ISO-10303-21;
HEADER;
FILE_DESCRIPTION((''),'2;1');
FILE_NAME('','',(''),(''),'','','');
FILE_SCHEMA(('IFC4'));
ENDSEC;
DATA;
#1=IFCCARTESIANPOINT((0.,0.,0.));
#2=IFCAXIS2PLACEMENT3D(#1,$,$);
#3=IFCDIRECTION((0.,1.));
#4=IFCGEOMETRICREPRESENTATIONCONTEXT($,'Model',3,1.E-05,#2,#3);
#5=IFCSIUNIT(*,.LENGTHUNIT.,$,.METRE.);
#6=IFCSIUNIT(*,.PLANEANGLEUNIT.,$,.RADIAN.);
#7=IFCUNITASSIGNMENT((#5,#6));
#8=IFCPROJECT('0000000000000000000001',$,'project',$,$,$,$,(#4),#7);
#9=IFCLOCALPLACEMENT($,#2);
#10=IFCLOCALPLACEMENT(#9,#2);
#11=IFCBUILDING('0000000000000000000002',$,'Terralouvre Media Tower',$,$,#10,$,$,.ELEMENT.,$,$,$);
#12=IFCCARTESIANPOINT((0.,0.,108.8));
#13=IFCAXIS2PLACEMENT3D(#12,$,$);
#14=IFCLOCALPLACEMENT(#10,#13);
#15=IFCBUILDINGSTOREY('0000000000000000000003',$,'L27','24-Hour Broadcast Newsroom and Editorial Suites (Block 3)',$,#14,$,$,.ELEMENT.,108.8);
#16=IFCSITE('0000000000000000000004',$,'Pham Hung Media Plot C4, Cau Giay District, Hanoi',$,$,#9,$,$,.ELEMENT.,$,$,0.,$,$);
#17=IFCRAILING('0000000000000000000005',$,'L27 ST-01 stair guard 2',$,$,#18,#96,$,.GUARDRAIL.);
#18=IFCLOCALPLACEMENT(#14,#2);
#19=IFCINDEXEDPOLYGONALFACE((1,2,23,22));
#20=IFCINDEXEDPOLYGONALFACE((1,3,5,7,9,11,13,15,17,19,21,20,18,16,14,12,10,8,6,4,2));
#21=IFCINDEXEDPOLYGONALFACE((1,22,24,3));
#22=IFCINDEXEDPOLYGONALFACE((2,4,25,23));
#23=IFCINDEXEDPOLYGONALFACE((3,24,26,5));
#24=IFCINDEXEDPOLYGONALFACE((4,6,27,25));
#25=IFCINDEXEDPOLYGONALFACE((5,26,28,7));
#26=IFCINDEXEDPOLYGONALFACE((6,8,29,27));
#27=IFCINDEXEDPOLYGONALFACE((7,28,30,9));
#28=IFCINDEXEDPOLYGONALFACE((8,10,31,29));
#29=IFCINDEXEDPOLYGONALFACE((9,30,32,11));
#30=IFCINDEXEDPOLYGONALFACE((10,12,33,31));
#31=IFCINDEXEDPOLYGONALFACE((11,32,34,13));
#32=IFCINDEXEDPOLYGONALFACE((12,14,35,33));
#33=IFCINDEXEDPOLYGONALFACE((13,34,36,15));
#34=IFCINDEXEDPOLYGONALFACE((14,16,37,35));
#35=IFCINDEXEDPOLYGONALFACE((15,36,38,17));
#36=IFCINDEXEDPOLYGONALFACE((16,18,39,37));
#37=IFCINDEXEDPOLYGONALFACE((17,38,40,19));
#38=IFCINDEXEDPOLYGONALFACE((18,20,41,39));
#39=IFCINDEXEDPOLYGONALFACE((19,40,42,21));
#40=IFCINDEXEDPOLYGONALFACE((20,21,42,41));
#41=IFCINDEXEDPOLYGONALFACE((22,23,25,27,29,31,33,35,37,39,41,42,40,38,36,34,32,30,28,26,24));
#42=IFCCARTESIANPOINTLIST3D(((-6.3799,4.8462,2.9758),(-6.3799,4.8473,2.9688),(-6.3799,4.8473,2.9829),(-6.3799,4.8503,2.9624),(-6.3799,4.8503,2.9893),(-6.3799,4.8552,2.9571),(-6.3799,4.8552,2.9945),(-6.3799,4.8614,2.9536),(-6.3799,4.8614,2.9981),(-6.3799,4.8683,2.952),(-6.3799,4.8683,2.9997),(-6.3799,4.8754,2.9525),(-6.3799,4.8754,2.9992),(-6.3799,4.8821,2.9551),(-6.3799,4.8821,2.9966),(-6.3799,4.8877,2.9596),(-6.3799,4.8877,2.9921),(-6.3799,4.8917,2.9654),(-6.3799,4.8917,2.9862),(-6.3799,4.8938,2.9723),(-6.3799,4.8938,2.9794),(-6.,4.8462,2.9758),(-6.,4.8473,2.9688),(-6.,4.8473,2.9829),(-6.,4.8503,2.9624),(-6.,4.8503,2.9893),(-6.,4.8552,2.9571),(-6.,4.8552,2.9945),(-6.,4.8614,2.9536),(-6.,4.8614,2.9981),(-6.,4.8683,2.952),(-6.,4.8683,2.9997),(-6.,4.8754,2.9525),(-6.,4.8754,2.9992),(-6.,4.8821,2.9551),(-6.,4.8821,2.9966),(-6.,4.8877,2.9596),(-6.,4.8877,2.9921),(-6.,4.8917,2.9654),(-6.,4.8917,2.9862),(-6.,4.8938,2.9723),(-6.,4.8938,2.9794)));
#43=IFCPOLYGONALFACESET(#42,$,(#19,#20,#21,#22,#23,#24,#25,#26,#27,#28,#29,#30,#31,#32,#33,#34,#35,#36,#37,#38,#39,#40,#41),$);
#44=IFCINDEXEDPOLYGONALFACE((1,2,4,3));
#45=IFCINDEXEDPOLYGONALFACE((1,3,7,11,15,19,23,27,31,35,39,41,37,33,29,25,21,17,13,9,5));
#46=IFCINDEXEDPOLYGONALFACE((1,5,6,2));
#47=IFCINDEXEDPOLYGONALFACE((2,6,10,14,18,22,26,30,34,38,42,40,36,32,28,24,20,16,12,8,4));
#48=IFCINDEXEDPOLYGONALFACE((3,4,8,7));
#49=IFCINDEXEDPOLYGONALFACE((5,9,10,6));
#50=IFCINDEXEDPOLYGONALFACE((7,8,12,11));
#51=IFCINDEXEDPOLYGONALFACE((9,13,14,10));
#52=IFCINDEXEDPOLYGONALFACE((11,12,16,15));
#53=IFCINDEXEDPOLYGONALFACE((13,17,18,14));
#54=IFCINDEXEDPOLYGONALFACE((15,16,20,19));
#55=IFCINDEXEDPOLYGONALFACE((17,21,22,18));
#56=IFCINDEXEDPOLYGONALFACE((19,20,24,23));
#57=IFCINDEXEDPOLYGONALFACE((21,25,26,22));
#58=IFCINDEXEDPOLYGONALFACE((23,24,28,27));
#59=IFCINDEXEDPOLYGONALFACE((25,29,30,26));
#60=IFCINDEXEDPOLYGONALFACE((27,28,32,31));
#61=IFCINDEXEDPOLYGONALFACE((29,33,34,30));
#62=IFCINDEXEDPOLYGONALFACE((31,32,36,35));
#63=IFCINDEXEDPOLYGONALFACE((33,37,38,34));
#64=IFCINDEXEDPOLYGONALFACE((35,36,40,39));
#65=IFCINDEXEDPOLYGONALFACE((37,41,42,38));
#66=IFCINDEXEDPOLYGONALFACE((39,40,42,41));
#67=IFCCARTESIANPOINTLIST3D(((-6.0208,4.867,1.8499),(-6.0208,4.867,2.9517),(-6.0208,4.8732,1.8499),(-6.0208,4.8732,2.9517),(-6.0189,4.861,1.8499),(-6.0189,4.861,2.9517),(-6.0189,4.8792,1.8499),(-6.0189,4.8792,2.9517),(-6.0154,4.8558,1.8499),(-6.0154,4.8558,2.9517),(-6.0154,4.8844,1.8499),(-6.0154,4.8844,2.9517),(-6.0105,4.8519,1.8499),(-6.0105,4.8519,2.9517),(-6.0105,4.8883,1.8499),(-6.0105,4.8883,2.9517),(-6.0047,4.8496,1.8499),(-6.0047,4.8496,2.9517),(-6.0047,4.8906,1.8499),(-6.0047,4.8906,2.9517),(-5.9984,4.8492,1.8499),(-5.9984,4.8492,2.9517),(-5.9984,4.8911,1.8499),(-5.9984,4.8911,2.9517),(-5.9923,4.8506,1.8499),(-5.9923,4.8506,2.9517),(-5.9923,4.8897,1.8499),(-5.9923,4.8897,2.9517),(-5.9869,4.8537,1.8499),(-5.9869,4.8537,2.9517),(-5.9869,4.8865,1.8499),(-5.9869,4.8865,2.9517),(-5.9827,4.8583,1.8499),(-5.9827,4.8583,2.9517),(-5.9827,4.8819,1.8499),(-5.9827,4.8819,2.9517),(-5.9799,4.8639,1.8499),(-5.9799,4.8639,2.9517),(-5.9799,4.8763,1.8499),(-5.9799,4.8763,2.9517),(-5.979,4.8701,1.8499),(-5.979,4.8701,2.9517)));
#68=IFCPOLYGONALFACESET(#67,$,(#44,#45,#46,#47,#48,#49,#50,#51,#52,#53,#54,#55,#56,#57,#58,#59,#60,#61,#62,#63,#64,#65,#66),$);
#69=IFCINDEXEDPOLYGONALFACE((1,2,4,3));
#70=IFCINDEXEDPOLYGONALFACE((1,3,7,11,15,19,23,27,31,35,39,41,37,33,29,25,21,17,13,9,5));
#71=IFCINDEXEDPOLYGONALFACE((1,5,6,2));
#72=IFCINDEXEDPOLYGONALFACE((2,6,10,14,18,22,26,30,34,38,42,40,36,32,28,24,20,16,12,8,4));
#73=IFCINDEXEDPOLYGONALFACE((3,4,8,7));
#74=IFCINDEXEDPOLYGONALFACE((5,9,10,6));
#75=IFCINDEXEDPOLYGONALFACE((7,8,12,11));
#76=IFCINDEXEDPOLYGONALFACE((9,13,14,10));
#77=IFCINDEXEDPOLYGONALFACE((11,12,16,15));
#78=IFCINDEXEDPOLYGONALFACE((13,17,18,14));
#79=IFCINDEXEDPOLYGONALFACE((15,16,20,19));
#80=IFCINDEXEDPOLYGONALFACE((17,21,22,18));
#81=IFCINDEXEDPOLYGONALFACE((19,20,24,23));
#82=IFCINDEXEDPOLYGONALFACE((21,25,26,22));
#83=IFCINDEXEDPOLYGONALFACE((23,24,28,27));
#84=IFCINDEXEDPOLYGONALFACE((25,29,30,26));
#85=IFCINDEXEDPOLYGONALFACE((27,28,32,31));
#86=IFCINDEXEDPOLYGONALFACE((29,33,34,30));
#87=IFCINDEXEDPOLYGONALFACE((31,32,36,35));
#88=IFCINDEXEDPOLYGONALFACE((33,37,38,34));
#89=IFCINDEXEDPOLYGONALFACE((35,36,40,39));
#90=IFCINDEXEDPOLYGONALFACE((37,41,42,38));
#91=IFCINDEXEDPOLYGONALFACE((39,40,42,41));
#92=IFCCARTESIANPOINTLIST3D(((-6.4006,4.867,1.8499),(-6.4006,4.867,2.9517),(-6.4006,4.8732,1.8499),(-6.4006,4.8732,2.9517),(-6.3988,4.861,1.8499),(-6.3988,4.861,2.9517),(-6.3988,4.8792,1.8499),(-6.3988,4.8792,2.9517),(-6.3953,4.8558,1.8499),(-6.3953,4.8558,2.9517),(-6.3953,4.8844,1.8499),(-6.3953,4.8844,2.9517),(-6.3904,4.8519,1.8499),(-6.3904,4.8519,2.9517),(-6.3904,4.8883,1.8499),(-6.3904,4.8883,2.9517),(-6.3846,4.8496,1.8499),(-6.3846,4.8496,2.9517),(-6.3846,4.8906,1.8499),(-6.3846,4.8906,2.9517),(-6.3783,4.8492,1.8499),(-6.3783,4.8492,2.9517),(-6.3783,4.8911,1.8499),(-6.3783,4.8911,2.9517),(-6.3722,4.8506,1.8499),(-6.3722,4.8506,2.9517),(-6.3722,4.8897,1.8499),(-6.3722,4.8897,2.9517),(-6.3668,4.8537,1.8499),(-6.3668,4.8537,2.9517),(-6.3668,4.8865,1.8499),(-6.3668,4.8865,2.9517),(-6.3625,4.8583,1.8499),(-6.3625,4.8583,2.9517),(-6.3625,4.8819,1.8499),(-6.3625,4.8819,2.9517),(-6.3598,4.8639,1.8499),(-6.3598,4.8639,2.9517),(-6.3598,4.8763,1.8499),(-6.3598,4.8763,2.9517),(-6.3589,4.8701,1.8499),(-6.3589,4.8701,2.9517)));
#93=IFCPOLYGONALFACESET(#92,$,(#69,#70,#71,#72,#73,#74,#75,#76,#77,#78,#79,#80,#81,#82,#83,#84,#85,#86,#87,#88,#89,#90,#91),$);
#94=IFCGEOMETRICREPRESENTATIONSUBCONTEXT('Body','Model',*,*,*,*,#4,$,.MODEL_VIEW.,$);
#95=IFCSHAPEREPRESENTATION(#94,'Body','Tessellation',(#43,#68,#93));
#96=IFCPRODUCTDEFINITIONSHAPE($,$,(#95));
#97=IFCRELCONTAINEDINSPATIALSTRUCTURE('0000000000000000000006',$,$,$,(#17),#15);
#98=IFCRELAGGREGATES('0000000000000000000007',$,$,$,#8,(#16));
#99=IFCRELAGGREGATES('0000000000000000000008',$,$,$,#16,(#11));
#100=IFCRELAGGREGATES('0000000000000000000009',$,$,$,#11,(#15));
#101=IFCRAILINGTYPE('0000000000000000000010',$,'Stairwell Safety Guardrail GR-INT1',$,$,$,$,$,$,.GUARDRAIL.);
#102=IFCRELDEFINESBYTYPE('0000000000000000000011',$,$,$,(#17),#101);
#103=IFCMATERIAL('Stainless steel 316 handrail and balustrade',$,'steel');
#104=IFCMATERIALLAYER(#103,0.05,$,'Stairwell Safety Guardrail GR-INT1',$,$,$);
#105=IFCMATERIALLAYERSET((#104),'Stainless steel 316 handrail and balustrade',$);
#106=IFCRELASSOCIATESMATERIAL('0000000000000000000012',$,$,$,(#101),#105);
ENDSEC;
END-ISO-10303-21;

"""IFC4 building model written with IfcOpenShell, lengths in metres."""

from ifc_helpers import new_model, si_unit, direction, frame, origin, origin_2d, place, context, subcontext, project, spatial, circle, extrude, material, layer, layer_set, type_object, element, save


model = new_model("IFC4")

# Units and contexts
model_context = context("Model", 3, precision=1e-05, world=origin(), true_north=direction((0.0, 1.0)))
body_context = subcontext(model_context, "Body", "Model", "MODEL_VIEW")
ifc_project = project(units=[si_unit("LENGTHUNIT", "METRE"), si_unit("PLANEANGLEUNIT", "RADIAN")], contexts=[model_context])

# Site, building, storey
site_placement = place(None, origin())
site = spatial("IfcSite", under=ifc_project, at=site_placement, Name="Pham Hung Media Plot C4, Cau Giay District, Hanoi", CompositionType="ELEMENT", RefElevation=0.0)
building_placement = place(site_placement, origin())
building = spatial("IfcBuilding", under=site, at=building_placement, Name="Terralouvre Media Tower", CompositionType="ELEMENT")
storey_placement = place(building_placement, frame((0.0, 0.0, 108.8)))
storey = spatial("IfcBuildingStorey", under=building, at=storey_placement, Name="L27", Description="24-Hour Broadcast Newsroom and Editorial Suites (Block 3)", CompositionType="ELEMENT", Elevation=108.8)

# Railing
ifc_material_1 = material(Name="Stainless steel 316 handrail and balustrade", Category="steel")
ifc_layer_1 = layer(ifc_material_1, 0.05, Name="Stairwell Safety Guardrail GR-INT1")
ifc_layer_set_1 = layer_set([ifc_layer_1], Name="Stainless steel 316 handrail and balustrade")
railing_type_1 = type_object("IfcRailingType", Name="Stairwell Safety Guardrail GR-INT1", PredefinedType="GUARDRAIL", material=ifc_layer_set_1)
railing_1_placement = place(storey_placement, frame((-6.0, 4.8701, 1.8499)))
element("IfcRailing", 1, at=railing_1_placement, inside=storey, type_object=railing_type_1, Name="L27 ST-01 stair guard 2", PredefinedType="GUARDRAIL", context=body_context, shape_type="SweptSolid", body=[
    extrude(circle(Radius=0.0239, at=origin_2d()), frame((0.0, 0.0, 1.126), z_axis=(-1.0, 0.0, 0.0), x_axis=(0.0, -1.0, 0.0)), (0.0, 0.0, 1.0), 0.3799),
    extrude(circle(Radius=0.021, at=origin_2d()), origin(), (0.0, 0.0, 1.0), 1.1018),
    extrude(circle(Radius=0.021, at=origin_2d()), frame((-0.3799, 0.0, 0.0)), (0.0, 0.0, 1.0), 1.1018),
])

save(model, "model.ifc")
